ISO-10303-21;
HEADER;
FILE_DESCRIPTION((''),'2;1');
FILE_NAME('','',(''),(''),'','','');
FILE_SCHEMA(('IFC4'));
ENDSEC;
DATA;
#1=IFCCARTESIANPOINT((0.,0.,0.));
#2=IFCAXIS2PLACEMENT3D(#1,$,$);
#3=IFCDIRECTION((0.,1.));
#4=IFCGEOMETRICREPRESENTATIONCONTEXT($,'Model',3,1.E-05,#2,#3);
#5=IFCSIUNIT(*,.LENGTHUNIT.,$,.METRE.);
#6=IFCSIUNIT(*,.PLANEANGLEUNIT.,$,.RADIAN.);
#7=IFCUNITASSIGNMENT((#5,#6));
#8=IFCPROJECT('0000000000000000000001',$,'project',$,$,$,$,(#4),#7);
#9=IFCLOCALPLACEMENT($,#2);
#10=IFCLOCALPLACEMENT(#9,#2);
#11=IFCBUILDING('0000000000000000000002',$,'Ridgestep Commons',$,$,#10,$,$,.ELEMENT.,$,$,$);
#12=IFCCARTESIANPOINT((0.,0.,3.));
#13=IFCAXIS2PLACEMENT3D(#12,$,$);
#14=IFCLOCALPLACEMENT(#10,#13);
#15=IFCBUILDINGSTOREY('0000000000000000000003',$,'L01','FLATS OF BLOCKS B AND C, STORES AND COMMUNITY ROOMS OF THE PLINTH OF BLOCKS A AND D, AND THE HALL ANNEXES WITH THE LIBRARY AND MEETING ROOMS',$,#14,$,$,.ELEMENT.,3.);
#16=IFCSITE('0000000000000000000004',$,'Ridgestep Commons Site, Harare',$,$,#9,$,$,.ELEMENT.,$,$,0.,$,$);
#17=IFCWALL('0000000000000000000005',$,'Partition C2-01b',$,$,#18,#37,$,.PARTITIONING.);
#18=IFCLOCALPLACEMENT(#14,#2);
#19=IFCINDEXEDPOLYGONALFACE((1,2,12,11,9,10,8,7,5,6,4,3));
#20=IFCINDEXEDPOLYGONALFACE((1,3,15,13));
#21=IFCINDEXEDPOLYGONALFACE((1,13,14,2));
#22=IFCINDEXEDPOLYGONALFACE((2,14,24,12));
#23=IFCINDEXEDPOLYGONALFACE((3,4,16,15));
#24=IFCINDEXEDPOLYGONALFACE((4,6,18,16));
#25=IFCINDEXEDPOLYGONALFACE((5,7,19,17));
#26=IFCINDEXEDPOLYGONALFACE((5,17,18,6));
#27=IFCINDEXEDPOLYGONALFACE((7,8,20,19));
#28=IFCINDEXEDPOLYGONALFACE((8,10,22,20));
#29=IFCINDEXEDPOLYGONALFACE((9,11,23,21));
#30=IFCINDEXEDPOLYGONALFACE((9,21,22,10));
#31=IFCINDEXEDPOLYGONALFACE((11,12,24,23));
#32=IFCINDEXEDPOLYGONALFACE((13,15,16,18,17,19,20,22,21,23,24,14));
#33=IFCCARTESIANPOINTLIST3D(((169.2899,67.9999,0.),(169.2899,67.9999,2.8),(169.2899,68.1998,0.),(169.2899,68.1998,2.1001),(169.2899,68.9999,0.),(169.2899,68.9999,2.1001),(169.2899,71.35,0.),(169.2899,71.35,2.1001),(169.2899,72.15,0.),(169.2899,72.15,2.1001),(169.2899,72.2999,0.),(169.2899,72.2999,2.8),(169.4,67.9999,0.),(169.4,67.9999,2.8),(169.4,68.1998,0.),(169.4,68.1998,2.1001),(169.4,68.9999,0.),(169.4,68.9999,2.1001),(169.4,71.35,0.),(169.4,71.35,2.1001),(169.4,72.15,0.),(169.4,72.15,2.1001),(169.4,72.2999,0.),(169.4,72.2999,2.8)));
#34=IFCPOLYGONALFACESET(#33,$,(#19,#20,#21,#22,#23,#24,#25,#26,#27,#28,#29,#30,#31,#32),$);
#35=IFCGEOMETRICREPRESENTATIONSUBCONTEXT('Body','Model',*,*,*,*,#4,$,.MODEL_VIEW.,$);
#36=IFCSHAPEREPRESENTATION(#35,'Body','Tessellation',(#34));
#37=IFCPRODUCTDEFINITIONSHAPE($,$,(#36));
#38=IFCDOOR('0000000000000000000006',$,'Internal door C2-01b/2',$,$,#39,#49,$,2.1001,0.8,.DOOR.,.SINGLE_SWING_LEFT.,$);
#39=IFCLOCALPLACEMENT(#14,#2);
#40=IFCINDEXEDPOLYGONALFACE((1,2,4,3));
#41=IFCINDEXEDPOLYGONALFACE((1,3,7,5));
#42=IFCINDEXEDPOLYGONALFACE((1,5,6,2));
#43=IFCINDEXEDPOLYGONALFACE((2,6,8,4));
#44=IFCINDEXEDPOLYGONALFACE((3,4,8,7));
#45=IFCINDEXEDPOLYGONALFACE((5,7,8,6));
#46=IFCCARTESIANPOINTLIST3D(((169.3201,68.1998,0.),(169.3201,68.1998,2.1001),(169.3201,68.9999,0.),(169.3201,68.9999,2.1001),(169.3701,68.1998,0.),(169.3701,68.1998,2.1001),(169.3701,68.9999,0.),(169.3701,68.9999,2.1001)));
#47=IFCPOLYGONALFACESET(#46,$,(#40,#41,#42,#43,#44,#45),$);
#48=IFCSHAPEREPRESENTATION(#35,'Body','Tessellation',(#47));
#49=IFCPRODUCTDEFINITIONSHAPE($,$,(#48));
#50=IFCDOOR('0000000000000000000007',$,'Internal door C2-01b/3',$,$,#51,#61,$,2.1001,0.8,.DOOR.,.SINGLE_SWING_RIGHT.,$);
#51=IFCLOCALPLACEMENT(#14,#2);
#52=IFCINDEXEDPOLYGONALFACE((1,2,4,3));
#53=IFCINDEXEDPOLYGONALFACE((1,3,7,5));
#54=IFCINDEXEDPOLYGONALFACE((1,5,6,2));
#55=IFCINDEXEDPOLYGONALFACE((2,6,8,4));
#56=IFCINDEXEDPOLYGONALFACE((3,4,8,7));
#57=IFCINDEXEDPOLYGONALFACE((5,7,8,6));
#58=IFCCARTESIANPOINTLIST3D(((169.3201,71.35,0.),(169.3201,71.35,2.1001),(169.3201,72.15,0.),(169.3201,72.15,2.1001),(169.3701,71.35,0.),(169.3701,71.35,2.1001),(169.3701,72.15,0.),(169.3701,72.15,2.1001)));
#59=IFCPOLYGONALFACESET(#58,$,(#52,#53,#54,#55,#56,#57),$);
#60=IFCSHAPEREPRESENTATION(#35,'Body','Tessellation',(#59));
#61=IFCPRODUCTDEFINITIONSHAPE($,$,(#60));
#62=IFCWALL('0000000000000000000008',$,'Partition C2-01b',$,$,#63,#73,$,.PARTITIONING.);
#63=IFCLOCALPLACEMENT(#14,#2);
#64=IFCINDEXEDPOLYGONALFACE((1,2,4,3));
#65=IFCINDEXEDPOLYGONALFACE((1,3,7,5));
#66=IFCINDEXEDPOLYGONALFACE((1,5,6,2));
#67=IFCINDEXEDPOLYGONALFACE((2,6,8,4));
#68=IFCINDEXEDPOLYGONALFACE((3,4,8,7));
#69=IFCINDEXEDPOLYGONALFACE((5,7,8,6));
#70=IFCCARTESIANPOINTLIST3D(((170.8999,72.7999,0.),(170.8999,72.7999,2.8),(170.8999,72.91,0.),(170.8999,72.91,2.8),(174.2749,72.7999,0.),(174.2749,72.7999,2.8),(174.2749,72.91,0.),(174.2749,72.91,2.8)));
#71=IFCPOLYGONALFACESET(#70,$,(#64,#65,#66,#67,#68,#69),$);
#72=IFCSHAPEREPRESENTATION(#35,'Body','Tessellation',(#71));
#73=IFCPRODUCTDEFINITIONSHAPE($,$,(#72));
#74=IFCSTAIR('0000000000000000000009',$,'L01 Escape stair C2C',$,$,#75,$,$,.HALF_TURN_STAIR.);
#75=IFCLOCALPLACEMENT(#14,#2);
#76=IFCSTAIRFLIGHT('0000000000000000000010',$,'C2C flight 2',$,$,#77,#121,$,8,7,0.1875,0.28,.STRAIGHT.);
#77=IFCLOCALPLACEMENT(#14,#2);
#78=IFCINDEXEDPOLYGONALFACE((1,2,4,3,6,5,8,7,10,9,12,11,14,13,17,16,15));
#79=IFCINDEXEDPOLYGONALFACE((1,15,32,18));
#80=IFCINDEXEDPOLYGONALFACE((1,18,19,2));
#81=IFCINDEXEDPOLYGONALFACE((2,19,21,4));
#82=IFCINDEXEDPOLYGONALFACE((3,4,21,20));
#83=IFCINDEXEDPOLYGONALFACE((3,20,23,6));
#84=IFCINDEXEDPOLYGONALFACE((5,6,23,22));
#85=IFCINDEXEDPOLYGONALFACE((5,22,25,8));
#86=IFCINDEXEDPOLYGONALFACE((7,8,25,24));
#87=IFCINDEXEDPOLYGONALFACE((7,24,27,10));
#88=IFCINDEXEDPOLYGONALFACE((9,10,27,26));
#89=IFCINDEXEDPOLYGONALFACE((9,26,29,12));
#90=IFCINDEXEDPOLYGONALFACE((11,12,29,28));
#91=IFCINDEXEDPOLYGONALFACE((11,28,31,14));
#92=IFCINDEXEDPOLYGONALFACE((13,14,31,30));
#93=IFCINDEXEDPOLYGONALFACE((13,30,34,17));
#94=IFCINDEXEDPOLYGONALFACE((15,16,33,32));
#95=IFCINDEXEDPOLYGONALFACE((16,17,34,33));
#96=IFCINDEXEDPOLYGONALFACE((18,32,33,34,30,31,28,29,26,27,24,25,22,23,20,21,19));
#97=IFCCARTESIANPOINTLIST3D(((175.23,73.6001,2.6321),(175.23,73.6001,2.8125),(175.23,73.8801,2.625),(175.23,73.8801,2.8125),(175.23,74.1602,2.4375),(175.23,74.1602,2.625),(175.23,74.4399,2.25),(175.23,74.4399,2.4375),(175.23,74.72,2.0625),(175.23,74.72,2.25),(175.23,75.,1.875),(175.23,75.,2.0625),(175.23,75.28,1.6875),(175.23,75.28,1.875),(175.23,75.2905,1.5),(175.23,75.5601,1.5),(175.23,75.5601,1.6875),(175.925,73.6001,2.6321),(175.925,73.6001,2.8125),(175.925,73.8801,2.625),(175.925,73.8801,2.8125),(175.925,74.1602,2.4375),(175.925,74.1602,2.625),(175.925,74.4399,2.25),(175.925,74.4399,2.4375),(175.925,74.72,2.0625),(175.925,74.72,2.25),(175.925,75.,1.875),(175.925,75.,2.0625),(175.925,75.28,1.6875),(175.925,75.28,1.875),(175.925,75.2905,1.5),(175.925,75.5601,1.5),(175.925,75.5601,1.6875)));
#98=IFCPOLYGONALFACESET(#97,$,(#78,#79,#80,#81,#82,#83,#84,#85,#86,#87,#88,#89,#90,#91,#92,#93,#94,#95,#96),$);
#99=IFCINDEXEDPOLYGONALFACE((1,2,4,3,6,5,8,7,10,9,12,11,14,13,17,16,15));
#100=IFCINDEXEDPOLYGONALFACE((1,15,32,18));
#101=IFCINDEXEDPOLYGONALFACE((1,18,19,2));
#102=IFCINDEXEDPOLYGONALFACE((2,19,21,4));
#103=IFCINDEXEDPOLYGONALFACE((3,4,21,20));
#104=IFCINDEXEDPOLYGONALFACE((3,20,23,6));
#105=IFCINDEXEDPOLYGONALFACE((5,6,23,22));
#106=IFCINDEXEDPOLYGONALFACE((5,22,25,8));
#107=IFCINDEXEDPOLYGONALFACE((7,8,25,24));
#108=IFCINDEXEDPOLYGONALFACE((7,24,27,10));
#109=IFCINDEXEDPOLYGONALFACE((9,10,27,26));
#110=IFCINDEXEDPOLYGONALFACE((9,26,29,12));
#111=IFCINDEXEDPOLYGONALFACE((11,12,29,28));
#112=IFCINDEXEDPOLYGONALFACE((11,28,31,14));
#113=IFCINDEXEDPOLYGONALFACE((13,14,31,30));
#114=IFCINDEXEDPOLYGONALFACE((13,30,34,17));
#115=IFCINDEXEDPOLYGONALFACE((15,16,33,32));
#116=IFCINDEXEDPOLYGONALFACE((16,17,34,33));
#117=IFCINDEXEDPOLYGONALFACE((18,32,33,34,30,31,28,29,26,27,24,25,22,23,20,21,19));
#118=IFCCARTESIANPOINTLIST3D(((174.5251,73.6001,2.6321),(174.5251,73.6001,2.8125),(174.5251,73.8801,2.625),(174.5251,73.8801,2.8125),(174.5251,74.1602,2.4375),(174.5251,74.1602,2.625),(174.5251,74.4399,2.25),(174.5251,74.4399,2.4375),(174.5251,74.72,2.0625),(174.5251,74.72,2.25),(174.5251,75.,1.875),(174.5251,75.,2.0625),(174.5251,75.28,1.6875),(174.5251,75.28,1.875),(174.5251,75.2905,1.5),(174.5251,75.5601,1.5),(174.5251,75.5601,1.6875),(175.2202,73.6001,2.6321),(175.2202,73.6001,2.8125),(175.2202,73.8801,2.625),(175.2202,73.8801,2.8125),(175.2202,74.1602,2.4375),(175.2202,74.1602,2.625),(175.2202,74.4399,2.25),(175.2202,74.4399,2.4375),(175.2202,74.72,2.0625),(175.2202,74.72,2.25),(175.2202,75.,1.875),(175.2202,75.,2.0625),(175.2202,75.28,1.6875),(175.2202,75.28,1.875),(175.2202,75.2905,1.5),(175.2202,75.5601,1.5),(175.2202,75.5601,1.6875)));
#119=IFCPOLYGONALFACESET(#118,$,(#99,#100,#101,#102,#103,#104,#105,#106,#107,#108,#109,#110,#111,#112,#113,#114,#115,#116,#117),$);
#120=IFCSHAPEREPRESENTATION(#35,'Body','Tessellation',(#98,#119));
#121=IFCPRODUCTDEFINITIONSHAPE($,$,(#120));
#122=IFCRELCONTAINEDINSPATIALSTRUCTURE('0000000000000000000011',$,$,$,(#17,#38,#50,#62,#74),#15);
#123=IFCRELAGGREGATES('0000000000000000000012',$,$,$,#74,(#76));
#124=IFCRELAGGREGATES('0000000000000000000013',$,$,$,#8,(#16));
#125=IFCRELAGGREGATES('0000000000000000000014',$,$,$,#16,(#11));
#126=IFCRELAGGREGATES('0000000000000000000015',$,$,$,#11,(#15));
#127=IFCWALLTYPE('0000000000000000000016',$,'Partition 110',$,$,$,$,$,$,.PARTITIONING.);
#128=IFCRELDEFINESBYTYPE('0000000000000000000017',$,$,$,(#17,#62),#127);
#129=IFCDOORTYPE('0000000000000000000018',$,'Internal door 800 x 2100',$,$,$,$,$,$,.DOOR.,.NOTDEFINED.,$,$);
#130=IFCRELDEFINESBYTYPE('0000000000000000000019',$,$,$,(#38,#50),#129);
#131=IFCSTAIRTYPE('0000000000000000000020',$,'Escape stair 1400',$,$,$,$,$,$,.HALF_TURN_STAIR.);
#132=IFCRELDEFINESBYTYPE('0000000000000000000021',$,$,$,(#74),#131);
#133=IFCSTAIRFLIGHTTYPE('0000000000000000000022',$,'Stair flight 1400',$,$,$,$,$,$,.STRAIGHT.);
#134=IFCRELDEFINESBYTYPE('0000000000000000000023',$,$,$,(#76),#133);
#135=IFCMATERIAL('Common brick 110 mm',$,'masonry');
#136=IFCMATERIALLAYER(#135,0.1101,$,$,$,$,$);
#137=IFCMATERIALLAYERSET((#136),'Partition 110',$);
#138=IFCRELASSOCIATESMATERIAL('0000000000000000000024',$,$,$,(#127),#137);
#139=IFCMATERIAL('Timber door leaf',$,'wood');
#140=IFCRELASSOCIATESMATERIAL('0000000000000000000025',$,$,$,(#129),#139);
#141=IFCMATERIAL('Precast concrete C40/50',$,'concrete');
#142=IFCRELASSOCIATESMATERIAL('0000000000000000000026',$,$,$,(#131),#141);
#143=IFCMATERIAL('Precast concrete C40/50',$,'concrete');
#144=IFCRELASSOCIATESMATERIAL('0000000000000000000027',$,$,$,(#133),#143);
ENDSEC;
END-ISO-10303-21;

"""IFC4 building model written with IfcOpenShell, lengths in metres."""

from ifc_helpers import new_model, si_unit, direction, frame, frame_2d, origin, place, context, subcontext, project, spatial, polyline, rectangle, outline, extrude, material, layer, layer_set, type_object, element, fill, aggregate, save


model = new_model("IFC4")

# Units and contexts
model_context = context("Model", 3, precision=1e-05, world=origin(), true_north=direction((0.0, 1.0)))
body_context = subcontext(model_context, "Body", "Model", "MODEL_VIEW")
ifc_project = project(units=[si_unit("LENGTHUNIT", "METRE"), si_unit("PLANEANGLEUNIT", "RADIAN")], contexts=[model_context])

# Site, building, storey
site_placement = place(None, origin())
site = spatial("IfcSite", under=ifc_project, at=site_placement, Name="Ridgestep Commons Site, Harare", CompositionType="ELEMENT", RefElevation=0.0)
building_placement = place(site_placement, origin())
building = spatial("IfcBuilding", under=site, at=building_placement, Name="Ridgestep Commons", CompositionType="ELEMENT")
storey_placement = place(building_placement, frame((0.0, 0.0, 3.0)))
storey = spatial("IfcBuildingStorey", under=building, at=storey_placement, Name="L01", Description="FLATS OF BLOCKS B AND C, STORES AND COMMUNITY ROOMS OF THE PLINTH OF BLOCKS A AND D, AND THE HALL ANNEXES WITH THE LIBRARY AND MEETING ROOMS", CompositionType="ELEMENT", Elevation=3.0)

# Wall, openings, doors
ifc_material_1 = material(Name="Common brick 110 mm", Category="masonry")
ifc_layer_1 = layer(ifc_material_1, 0.1101)
ifc_layer_set_1 = layer_set([ifc_layer_1], Name="Partition 110")
wall_type_1 = type_object("IfcWallType", Name="Partition 110", PredefinedType="PARTITIONING", material=ifc_layer_set_1)
wall_1_placement = place(storey_placement, frame((169.345, 68.0, 0.0), z_axis=(0.0, 0.0, 1.0), x_axis=(0.0, 1.0, 0.0)))
wall_1 = element("IfcWall", 1, at=wall_1_placement, inside=storey, type_object=wall_type_1, Name="Partition C2-01b", PredefinedType="PARTITIONING", context=body_context, shape_type="SweptSolid", body=[
    extrude(rectangle(XDim=4.3, YDim=0.1101, at=frame_2d((2.1499, 0.0))), origin(), (0.0, 0.0, 1.0), 2.8),
])
opening_1_placement = place(wall_1_placement, frame((0.2, 0.0, 0.0)))
opening_1 = element("IfcOpeningElement", 2, at=opening_1_placement, cuts=wall_1, PredefinedType="OPENING", context=body_context, shape_type="SweptSolid", body=[
    extrude(rectangle(XDim=0.8, YDim=2.1001, at=frame_2d((0.3999, 1.05))), frame((0.0, 0.0649, 0.0), z_axis=(0.0, -1.0, 0.0), x_axis=(1.0, 0.0, 0.0)), (0.0, 0.0, 1.0), 0.1301),
])
opening_2_placement = place(wall_1_placement, frame((3.3501, 0.0, 0.0)))
opening_2 = element("IfcOpeningElement", 3, at=opening_2_placement, cuts=wall_1, PredefinedType="OPENING", context=body_context, shape_type="SweptSolid", body=[
    extrude(rectangle(XDim=0.8, YDim=2.1001, at=frame_2d((0.3999, 1.05))), frame((0.0, 0.0649, 0.0), z_axis=(0.0, -1.0, 0.0), x_axis=(1.0, 0.0, 0.0)), (0.0, 0.0, 1.0), 0.1301),
])
ifc_material_2 = material(Name="Timber door leaf", Category="wood")
door_type_1 = type_object("IfcDoorType", Name="Internal door 800 x 2100", OperationType="NOTDEFINED", PredefinedType="DOOR", material=ifc_material_2)
door_1_placement = place(opening_1_placement, origin())
door_1 = element("IfcDoor", 4, at=door_1_placement, inside=storey, type_object=door_type_1, Name="Internal door C2-01b/2", OperationType="SINGLE_SWING_LEFT", OverallHeight=2.1001, OverallWidth=0.8, PredefinedType="DOOR", context=body_context, shape_type="SweptSolid", body=[
    extrude(rectangle(XDim=0.8, YDim=2.1001, at=frame_2d((0.3999, 1.05))), frame((0.0, 0.0249, 0.0), z_axis=(0.0, -1.0, 0.0), x_axis=(1.0, 0.0, 0.0)), (0.0, 0.0, 1.0), 0.05),
])
fill(opening_1, door_1)
door_2_placement = place(opening_2_placement, origin())
door_2 = element("IfcDoor", 5, at=door_2_placement, inside=storey, type_object=door_type_1, Name="Internal door C2-01b/3", OperationType="SINGLE_SWING_RIGHT", OverallHeight=2.1001, OverallWidth=0.8, PredefinedType="DOOR", context=body_context, shape_type="SweptSolid", body=[
    extrude(rectangle(XDim=0.8, YDim=2.1001, at=frame_2d((0.3999, 1.05))), frame((0.0, 0.0249, 0.0), z_axis=(0.0, -1.0, 0.0), x_axis=(1.0, 0.0, 0.0)), (0.0, 0.0, 1.0), 0.05),
])
fill(opening_2, door_2)

# Wall
wall_2_placement = place(storey_placement, frame((170.8999, 72.855, 0.0), z_axis=(0.0, 0.0, 1.0), x_axis=(1.0, 0.0, 0.0)))
element("IfcWall", 6, at=wall_2_placement, inside=storey, type_object=wall_type_1, Name="Partition C2-01b", PredefinedType="PARTITIONING", context=body_context, shape_type="SweptSolid", body=[
    extrude(rectangle(XDim=3.375, YDim=0.1101, at=frame_2d((1.6875, 0.0))), origin(), (0.0, 0.0, 1.0), 2.8),
])

# Stair, stair flight
ifc_material_3 = material(Name="Precast concrete C40/50", Category="concrete")
stair_type = type_object("IfcStairType", Name="Escape stair 1400", PredefinedType="HALF_TURN_STAIR", material=ifc_material_3)
stair_placement = place(storey_placement, origin())
stair = element("IfcStair", 7, at=stair_placement, inside=storey, type_object=stair_type, Name="L01 Escape stair C2C", PredefinedType="HALF_TURN_STAIR")
ifc_material_4 = material(Name="Precast concrete C40/50", Category="concrete")
stair_flight_type = type_object("IfcStairFlightType", Name="Stair flight 1400", PredefinedType="STRAIGHT", material=ifc_material_4)
stair_flight_placement = place(storey_placement, frame((175.2251, 75.5601, 1.5), z_axis=(0.0, 0.0, 1.0), x_axis=(0.0, -1.0, 0.0)))
stair_flight = element("IfcStairFlight", 8, at=stair_flight_placement, type_object=stair_flight_type, Name="C2C flight 2", NumberOfRisers=8, NumberOfTreads=7, PredefinedType="STRAIGHT", RiserHeight=0.1875, TreadLength=0.28, context=body_context, shape_type="SweptSolid", body=[
    extrude(outline(polyline([(0.0, 0.0), (0.0, 0.1875), (0.28, 0.1875), (0.28, 0.375), (0.5601, 0.375), (0.5601, 0.5625), (0.8401, 0.5625), (0.8401, 0.75), (1.1201, 0.75), (1.1201, 0.9375), (1.3999, 0.9375), (1.3999, 1.125), (1.6799, 1.125), (1.6799, 1.3125), (1.96, 1.3125), (1.96, 1.5), (1.96, 1.1321), (0.2695, 0.0), (0.0, 0.0)])), frame((0.0, 0.7, 0.0), z_axis=(0.0, -1.0, 0.0), x_axis=(1.0, 0.0, 0.0)), (0.0, 0.0, 1.0), 0.6951),
    extrude(outline(polyline([(0.0, 0.0), (0.0, 0.1875), (0.28, 0.1875), (0.28, 0.375), (0.5601, 0.375), (0.5601, 0.5625), (0.8401, 0.5625), (0.8401, 0.75), (1.1201, 0.75), (1.1201, 0.9375), (1.3999, 0.9375), (1.3999, 1.125), (1.6799, 1.125), (1.6799, 1.3125), (1.96, 1.3125), (1.96, 1.5), (1.96, 1.1321), (0.2695, 0.0), (0.0, 0.0)])), frame((0.0, -0.0049, 0.0), z_axis=(0.0, -1.0, 0.0), x_axis=(1.0, 0.0, 0.0)), (0.0, 0.0, 1.0), 0.6951),
])
aggregate(stair, [stair_flight])

save(model, "model.ifc")
